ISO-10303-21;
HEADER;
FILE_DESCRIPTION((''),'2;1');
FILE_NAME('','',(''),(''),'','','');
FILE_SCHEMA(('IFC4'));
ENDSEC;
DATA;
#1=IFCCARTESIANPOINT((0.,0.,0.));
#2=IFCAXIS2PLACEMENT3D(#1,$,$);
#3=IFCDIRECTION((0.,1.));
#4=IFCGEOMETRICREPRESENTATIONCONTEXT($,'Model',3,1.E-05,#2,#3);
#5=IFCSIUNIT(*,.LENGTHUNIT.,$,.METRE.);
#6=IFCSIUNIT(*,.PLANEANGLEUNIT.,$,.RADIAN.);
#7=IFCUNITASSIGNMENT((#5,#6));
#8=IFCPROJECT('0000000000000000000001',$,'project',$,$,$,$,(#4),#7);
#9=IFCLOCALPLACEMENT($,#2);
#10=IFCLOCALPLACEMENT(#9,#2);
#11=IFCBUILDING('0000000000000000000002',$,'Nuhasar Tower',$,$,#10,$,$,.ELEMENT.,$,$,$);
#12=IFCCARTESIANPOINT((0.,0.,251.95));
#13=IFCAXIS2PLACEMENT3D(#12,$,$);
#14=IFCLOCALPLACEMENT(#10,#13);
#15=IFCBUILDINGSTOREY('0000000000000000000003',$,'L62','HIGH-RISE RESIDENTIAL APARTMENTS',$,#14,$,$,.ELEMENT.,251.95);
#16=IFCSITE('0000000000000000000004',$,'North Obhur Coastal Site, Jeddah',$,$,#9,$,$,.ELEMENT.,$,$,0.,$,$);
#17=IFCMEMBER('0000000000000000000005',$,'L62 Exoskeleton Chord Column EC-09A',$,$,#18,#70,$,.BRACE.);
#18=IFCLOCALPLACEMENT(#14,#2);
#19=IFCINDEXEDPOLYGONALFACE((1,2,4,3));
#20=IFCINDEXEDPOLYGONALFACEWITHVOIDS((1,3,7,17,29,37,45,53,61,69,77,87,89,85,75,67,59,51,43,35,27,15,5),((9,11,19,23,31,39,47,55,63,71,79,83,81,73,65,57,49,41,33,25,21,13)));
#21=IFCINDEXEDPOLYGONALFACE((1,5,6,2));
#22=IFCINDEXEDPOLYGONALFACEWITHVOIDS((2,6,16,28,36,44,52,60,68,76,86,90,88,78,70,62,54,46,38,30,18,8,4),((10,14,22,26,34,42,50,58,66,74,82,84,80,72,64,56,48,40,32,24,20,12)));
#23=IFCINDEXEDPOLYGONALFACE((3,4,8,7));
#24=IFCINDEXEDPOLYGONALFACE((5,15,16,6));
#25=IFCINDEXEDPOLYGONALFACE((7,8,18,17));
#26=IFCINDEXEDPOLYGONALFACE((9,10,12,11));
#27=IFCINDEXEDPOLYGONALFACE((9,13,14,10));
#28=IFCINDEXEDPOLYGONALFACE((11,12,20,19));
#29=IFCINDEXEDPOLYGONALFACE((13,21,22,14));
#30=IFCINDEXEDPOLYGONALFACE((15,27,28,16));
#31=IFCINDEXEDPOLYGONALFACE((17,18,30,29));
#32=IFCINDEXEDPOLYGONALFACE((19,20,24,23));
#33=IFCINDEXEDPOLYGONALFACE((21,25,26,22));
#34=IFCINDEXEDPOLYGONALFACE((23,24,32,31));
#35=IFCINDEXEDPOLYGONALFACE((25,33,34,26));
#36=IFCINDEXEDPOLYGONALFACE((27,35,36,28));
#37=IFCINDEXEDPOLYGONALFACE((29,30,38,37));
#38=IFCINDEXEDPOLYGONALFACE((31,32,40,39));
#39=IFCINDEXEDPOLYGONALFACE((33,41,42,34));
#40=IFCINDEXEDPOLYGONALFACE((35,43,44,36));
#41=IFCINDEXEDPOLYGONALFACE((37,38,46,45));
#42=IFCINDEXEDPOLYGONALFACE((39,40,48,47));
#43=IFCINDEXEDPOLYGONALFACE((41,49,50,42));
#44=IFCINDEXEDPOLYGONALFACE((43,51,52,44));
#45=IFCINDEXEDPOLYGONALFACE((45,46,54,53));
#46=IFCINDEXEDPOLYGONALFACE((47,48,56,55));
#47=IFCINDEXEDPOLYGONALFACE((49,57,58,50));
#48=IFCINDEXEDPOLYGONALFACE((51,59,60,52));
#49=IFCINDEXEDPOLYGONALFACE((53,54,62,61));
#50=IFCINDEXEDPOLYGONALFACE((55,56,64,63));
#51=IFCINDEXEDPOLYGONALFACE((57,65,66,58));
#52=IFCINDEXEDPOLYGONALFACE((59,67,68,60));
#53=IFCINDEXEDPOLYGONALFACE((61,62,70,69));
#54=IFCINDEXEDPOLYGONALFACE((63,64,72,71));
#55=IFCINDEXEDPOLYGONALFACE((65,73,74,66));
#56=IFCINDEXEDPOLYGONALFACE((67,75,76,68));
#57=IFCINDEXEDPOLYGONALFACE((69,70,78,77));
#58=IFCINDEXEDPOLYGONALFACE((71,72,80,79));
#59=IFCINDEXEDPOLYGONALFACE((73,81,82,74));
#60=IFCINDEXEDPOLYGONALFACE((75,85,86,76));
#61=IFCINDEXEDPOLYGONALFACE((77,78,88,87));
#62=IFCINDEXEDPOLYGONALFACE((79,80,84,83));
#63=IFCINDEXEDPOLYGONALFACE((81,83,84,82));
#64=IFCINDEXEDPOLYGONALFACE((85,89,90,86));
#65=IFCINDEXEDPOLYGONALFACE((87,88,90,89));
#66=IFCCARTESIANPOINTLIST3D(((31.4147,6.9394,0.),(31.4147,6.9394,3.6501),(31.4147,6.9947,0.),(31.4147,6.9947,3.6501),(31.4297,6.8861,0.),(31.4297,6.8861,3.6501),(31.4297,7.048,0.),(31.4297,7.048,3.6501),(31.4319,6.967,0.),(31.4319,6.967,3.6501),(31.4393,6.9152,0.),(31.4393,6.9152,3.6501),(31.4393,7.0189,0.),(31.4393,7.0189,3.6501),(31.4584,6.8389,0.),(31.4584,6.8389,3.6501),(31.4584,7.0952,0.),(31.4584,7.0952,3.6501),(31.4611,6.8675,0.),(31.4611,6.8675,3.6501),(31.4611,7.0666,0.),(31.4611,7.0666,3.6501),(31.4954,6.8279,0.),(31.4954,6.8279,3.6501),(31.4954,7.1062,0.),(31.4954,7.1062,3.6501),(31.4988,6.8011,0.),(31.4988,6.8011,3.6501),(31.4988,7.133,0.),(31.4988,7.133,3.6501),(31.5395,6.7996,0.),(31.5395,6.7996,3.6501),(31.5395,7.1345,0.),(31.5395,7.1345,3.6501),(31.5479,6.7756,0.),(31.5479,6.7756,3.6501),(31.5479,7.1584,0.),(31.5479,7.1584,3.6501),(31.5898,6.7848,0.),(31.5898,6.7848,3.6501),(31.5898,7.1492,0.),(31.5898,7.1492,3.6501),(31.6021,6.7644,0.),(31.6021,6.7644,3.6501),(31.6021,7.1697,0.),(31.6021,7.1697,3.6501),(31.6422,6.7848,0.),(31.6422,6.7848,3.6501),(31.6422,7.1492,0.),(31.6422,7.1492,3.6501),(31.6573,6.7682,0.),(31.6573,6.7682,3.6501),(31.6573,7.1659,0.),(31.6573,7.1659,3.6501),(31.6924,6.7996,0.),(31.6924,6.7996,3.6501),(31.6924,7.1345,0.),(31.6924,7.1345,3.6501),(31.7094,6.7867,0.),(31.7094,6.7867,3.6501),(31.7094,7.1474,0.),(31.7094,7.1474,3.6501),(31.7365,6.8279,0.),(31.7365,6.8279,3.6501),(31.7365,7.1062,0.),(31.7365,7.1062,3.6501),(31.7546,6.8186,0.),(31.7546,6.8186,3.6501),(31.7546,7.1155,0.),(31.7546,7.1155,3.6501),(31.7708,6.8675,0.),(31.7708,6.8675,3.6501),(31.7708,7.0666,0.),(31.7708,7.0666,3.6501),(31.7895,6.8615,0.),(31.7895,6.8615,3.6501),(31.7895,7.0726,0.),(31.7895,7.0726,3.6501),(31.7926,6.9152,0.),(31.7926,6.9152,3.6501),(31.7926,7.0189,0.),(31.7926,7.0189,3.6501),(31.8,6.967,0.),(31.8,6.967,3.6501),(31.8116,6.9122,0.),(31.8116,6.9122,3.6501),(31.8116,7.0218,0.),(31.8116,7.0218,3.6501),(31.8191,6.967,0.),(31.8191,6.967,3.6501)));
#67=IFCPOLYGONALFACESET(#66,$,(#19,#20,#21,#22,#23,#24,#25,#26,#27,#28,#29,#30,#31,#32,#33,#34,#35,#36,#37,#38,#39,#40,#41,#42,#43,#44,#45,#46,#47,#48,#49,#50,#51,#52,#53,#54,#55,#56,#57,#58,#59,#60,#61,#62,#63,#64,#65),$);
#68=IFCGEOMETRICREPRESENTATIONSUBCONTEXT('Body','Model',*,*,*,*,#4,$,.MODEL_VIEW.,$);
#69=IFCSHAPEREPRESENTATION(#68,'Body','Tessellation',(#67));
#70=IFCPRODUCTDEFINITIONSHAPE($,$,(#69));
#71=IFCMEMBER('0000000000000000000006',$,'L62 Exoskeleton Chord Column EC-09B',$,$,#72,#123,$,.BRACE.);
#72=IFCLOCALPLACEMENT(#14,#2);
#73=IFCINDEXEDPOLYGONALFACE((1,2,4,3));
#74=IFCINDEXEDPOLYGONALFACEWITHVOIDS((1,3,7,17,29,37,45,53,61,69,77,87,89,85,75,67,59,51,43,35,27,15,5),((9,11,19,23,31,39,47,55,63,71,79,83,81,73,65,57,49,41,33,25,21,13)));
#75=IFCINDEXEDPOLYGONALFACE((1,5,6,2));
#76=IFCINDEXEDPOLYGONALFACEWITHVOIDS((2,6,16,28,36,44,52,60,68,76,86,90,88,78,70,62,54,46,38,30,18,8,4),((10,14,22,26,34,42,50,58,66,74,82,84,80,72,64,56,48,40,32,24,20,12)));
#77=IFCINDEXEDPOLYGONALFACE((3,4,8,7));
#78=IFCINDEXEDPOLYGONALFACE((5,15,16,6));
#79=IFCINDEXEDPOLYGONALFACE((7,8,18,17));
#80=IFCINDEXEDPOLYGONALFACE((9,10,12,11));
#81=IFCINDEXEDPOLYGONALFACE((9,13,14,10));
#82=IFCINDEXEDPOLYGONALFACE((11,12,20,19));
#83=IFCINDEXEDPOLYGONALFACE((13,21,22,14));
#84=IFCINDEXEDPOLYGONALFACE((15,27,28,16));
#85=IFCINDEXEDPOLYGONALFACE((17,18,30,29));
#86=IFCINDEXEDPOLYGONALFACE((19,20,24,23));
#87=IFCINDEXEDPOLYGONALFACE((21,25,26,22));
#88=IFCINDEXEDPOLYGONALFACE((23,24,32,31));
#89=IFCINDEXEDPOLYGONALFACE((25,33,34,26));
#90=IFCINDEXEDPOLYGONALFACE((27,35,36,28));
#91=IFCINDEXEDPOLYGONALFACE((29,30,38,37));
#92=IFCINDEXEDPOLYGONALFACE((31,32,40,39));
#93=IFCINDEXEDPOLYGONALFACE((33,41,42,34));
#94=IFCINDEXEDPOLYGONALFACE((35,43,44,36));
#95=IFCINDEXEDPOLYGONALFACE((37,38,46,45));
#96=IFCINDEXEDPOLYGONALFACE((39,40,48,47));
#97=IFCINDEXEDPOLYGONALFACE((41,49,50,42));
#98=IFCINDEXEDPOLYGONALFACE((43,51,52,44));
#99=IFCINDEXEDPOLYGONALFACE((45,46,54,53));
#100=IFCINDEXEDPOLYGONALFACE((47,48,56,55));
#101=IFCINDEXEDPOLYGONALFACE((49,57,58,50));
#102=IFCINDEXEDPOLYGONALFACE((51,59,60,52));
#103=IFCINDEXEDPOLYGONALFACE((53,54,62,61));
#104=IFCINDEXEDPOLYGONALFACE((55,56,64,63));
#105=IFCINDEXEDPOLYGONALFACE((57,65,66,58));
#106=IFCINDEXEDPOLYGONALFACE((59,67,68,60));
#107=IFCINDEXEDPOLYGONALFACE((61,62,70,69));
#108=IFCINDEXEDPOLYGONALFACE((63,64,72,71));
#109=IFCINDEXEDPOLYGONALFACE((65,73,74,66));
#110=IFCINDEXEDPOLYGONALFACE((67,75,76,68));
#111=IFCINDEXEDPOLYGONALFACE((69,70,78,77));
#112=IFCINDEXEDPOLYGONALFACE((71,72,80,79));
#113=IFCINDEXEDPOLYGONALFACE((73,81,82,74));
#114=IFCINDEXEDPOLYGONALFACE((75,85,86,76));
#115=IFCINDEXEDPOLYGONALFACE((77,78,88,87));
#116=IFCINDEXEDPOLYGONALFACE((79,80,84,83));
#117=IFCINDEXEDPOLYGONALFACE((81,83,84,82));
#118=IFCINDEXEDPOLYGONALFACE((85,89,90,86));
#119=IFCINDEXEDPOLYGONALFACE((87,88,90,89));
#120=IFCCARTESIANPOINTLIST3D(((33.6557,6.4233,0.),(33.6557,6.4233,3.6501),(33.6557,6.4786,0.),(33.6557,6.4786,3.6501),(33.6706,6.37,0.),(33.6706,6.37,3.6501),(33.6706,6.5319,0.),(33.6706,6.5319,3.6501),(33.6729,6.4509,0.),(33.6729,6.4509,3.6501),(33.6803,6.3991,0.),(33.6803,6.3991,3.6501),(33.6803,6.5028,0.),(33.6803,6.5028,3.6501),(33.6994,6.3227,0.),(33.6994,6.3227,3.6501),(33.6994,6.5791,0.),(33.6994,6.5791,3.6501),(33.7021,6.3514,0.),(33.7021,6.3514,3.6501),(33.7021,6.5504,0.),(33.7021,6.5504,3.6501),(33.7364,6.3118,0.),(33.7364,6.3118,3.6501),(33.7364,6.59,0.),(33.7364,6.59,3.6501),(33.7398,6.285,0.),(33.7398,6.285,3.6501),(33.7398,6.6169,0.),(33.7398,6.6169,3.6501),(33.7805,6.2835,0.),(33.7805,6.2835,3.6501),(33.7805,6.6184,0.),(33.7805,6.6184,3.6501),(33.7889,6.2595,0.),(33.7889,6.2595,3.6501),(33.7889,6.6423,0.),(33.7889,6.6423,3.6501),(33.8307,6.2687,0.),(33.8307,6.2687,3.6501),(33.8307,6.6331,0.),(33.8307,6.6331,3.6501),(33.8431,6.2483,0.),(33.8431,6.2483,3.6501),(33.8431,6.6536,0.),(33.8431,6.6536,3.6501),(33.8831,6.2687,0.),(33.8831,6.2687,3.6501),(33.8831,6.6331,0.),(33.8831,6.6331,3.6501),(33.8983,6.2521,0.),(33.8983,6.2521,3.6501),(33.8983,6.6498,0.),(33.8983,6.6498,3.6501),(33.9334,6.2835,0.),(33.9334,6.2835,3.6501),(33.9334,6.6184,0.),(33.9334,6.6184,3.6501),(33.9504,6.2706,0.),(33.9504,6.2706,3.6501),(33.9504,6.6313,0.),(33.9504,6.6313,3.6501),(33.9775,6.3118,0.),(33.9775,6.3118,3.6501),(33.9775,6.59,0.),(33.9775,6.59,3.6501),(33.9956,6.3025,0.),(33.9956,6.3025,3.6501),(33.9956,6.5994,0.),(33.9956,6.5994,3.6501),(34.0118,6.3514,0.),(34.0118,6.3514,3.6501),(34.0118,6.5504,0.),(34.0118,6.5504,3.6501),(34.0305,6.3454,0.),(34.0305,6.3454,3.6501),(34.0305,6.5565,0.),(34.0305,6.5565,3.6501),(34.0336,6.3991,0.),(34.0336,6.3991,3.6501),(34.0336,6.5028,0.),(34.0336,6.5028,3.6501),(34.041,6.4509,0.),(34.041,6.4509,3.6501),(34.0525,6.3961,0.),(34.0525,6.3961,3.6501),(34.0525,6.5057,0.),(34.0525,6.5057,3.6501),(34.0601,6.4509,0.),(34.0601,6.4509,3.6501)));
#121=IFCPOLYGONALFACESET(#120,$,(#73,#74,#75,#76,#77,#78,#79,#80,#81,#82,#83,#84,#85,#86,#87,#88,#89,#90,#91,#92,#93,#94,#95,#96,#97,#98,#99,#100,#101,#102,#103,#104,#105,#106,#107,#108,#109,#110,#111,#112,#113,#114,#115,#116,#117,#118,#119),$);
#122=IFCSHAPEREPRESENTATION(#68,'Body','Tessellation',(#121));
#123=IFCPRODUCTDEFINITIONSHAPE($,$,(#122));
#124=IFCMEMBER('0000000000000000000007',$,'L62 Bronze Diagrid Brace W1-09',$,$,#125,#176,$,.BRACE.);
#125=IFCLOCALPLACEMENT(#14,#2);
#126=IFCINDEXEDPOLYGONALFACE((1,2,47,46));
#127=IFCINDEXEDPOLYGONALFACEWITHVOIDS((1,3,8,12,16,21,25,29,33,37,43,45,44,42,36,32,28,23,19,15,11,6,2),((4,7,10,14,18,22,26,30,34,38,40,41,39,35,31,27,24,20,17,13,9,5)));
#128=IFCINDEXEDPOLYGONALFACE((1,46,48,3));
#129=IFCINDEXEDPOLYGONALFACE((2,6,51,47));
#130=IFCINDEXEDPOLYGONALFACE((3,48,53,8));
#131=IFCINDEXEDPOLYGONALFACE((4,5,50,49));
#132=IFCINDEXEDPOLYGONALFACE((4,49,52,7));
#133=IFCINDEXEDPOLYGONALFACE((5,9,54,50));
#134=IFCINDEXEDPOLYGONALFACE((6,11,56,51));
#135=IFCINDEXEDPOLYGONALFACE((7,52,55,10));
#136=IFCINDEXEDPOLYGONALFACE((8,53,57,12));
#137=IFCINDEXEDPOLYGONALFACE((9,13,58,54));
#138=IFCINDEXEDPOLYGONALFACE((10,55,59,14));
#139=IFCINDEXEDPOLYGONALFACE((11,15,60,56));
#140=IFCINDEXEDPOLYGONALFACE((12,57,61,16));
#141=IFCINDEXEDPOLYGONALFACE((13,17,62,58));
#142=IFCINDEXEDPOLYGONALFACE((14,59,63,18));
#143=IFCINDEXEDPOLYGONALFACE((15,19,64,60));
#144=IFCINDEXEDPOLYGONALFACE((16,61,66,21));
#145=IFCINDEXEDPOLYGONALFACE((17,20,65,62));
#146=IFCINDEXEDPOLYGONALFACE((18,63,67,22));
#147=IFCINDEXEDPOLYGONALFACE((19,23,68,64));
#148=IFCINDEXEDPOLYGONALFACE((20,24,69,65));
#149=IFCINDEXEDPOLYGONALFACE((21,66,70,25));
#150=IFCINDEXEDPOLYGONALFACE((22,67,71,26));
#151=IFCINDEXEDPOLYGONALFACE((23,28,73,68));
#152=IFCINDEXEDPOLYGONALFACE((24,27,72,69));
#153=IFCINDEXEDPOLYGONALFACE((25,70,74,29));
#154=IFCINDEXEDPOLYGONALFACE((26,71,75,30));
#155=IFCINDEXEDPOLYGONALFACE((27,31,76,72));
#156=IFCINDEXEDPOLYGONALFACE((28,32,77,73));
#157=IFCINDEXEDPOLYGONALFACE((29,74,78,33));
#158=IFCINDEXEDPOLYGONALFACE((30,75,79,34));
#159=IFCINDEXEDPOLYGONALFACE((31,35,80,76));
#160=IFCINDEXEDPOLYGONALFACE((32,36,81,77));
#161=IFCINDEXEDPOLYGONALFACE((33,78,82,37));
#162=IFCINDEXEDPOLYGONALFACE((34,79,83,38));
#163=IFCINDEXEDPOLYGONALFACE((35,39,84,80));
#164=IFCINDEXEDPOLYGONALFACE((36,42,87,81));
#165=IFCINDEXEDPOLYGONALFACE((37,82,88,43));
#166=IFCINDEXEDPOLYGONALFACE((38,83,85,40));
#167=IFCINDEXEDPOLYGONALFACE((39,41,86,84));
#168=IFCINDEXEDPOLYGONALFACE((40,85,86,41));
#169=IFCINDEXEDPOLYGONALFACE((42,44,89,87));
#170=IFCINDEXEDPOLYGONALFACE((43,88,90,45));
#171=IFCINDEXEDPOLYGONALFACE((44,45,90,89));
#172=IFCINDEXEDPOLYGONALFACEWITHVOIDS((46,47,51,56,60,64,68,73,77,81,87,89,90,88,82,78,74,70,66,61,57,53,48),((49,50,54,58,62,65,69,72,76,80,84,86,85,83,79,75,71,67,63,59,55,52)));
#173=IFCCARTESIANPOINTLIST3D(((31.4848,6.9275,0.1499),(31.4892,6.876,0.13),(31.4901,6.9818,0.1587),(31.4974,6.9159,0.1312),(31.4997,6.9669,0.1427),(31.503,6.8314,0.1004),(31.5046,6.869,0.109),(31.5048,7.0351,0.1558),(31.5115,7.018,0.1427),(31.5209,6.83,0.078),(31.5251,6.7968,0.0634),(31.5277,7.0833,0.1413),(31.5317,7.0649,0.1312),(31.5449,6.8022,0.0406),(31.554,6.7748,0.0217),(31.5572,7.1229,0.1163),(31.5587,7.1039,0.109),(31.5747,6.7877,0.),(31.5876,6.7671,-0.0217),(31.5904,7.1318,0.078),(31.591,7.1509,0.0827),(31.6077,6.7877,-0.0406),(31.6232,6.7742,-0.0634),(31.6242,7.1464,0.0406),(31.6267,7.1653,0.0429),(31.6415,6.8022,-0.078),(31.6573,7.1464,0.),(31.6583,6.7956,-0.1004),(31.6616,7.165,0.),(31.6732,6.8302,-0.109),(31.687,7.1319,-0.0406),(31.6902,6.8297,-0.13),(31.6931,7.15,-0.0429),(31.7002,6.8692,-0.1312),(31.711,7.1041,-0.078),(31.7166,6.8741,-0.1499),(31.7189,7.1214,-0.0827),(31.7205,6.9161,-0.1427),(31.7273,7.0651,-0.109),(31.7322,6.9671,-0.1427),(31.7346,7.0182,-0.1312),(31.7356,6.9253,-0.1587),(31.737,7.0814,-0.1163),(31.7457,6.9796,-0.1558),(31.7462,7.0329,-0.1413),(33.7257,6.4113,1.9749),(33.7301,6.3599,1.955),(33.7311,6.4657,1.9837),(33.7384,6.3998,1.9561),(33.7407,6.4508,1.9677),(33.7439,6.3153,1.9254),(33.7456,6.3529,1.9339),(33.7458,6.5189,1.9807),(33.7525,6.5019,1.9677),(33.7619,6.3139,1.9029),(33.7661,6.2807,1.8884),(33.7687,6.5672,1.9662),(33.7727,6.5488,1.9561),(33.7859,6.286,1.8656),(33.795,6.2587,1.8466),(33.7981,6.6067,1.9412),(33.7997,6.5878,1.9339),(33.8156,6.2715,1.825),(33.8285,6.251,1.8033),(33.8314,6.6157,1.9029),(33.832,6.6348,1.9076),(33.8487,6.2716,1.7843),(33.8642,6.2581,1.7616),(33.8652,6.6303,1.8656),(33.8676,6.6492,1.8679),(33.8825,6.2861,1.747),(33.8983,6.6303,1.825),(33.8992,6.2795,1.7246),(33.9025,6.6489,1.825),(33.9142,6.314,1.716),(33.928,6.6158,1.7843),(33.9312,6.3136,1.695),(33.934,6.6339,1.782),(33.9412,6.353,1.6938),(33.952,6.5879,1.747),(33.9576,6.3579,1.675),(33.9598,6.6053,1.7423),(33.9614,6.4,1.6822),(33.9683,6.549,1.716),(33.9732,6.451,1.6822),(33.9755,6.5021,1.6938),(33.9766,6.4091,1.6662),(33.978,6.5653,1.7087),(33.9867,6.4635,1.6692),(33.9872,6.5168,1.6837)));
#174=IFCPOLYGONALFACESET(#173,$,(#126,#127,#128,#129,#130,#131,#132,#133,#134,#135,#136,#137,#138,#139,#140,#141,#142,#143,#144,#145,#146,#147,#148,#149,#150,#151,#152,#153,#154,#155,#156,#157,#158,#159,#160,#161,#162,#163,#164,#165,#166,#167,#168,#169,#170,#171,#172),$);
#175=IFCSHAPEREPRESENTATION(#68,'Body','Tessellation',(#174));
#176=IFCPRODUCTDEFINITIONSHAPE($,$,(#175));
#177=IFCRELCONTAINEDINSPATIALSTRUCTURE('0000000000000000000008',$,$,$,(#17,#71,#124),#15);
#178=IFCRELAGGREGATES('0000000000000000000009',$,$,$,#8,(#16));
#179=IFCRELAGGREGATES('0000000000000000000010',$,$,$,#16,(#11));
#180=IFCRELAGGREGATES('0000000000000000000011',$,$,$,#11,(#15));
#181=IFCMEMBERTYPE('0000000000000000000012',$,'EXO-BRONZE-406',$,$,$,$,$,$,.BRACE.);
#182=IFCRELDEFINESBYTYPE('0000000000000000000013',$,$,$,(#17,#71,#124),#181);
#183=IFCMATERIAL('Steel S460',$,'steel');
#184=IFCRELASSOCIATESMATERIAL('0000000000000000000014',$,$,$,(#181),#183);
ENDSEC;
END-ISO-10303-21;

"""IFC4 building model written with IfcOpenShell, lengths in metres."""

from ifc_helpers import new_model, si_unit, direction, frame, origin, origin_2d, place, context, subcontext, project, spatial, hollow_circle, extrude, material, material_profile, profile_set, type_object, element, save


model = new_model("IFC4")

# Units and contexts
model_context = context("Model", 3, precision=1e-05, world=origin(), true_north=direction((0.0, 1.0)))
body_context = subcontext(model_context, "Body", "Model", "MODEL_VIEW")
ifc_project = project(units=[si_unit("LENGTHUNIT", "METRE"), si_unit("PLANEANGLEUNIT", "RADIAN")], contexts=[model_context])

# Site, building, storey
site_placement = place(None, origin())
site = spatial("IfcSite", under=ifc_project, at=site_placement, Name="North Obhur Coastal Site, Jeddah", CompositionType="ELEMENT", RefElevation=0.0)
building_placement = place(site_placement, origin())
building = spatial("IfcBuilding", under=site, at=building_placement, Name="Nuhasar Tower", CompositionType="ELEMENT")
storey_placement = place(building_placement, frame((0.0, 0.0, 251.95)))
storey = spatial("IfcBuildingStorey", under=building, at=storey_placement, Name="L62", Description="HIGH-RISE RESIDENTIAL APARTMENTS", CompositionType="ELEMENT", Elevation=251.95)

# Members
ifc_material_1 = material(Name="Steel S460", Category="steel")
ifc_material_profile_1 = material_profile(ifc_material_1, hollow_circle(Radius=0.2031, WallThickness=0.019, at=origin_2d()), Name="HSS406.4X19.1")
ifc_profile_set_1 = profile_set([ifc_material_profile_1], Name="Steel S460")
member_type = type_object("IfcMemberType", Name="EXO-BRONZE-406", PredefinedType="BRACE", material=ifc_profile_set_1)
for number, where, z_axis, x_axis, name in (
    (1, (31.616, 6.967, 0.0), (0.0, 0.0, 1.0), (1.0, 0.0, 0.0), "L62 Exoskeleton Chord Column EC-09A"),
    (2, (33.8569, 6.4509, 0.0), (0.0, 0.0, 1.0), (1.0, 0.0, 0.0), "L62 Exoskeleton Chord Column EC-09B"),
):
    element("IfcMember", number, at=place(storey_placement, frame(where, z_axis=z_axis, x_axis=x_axis)), inside=storey, type_object=member_type, Name=name, PredefinedType="BRACE", context=body_context, shape_type="SweptSolid", body=[
        extrude(hollow_circle(Radius=0.2031, WallThickness=0.019, at=origin_2d()), origin(), (0.0, 0.0, 1.0), 3.6501),
    ])
member_1_placement = place(storey_placement, frame((31.616, 6.967, 0.0), z_axis=(0.763332, -0.175802, 0.621626), x_axis=(0.224433, 0.97449, 0.0)))
element("IfcMember", 3, at=member_1_placement, inside=storey, type_object=member_type, Name="L62 Bronze Diagrid Brace W1-09", PredefinedType="BRACE", context=body_context, shape_type="SweptSolid", body=[
    extrude(hollow_circle(Radius=0.2031, WallThickness=0.019, at=origin_2d()), origin(), (0.0, 0.0, 1.0), 2.9358),
])

save(model, "model.ifc")
